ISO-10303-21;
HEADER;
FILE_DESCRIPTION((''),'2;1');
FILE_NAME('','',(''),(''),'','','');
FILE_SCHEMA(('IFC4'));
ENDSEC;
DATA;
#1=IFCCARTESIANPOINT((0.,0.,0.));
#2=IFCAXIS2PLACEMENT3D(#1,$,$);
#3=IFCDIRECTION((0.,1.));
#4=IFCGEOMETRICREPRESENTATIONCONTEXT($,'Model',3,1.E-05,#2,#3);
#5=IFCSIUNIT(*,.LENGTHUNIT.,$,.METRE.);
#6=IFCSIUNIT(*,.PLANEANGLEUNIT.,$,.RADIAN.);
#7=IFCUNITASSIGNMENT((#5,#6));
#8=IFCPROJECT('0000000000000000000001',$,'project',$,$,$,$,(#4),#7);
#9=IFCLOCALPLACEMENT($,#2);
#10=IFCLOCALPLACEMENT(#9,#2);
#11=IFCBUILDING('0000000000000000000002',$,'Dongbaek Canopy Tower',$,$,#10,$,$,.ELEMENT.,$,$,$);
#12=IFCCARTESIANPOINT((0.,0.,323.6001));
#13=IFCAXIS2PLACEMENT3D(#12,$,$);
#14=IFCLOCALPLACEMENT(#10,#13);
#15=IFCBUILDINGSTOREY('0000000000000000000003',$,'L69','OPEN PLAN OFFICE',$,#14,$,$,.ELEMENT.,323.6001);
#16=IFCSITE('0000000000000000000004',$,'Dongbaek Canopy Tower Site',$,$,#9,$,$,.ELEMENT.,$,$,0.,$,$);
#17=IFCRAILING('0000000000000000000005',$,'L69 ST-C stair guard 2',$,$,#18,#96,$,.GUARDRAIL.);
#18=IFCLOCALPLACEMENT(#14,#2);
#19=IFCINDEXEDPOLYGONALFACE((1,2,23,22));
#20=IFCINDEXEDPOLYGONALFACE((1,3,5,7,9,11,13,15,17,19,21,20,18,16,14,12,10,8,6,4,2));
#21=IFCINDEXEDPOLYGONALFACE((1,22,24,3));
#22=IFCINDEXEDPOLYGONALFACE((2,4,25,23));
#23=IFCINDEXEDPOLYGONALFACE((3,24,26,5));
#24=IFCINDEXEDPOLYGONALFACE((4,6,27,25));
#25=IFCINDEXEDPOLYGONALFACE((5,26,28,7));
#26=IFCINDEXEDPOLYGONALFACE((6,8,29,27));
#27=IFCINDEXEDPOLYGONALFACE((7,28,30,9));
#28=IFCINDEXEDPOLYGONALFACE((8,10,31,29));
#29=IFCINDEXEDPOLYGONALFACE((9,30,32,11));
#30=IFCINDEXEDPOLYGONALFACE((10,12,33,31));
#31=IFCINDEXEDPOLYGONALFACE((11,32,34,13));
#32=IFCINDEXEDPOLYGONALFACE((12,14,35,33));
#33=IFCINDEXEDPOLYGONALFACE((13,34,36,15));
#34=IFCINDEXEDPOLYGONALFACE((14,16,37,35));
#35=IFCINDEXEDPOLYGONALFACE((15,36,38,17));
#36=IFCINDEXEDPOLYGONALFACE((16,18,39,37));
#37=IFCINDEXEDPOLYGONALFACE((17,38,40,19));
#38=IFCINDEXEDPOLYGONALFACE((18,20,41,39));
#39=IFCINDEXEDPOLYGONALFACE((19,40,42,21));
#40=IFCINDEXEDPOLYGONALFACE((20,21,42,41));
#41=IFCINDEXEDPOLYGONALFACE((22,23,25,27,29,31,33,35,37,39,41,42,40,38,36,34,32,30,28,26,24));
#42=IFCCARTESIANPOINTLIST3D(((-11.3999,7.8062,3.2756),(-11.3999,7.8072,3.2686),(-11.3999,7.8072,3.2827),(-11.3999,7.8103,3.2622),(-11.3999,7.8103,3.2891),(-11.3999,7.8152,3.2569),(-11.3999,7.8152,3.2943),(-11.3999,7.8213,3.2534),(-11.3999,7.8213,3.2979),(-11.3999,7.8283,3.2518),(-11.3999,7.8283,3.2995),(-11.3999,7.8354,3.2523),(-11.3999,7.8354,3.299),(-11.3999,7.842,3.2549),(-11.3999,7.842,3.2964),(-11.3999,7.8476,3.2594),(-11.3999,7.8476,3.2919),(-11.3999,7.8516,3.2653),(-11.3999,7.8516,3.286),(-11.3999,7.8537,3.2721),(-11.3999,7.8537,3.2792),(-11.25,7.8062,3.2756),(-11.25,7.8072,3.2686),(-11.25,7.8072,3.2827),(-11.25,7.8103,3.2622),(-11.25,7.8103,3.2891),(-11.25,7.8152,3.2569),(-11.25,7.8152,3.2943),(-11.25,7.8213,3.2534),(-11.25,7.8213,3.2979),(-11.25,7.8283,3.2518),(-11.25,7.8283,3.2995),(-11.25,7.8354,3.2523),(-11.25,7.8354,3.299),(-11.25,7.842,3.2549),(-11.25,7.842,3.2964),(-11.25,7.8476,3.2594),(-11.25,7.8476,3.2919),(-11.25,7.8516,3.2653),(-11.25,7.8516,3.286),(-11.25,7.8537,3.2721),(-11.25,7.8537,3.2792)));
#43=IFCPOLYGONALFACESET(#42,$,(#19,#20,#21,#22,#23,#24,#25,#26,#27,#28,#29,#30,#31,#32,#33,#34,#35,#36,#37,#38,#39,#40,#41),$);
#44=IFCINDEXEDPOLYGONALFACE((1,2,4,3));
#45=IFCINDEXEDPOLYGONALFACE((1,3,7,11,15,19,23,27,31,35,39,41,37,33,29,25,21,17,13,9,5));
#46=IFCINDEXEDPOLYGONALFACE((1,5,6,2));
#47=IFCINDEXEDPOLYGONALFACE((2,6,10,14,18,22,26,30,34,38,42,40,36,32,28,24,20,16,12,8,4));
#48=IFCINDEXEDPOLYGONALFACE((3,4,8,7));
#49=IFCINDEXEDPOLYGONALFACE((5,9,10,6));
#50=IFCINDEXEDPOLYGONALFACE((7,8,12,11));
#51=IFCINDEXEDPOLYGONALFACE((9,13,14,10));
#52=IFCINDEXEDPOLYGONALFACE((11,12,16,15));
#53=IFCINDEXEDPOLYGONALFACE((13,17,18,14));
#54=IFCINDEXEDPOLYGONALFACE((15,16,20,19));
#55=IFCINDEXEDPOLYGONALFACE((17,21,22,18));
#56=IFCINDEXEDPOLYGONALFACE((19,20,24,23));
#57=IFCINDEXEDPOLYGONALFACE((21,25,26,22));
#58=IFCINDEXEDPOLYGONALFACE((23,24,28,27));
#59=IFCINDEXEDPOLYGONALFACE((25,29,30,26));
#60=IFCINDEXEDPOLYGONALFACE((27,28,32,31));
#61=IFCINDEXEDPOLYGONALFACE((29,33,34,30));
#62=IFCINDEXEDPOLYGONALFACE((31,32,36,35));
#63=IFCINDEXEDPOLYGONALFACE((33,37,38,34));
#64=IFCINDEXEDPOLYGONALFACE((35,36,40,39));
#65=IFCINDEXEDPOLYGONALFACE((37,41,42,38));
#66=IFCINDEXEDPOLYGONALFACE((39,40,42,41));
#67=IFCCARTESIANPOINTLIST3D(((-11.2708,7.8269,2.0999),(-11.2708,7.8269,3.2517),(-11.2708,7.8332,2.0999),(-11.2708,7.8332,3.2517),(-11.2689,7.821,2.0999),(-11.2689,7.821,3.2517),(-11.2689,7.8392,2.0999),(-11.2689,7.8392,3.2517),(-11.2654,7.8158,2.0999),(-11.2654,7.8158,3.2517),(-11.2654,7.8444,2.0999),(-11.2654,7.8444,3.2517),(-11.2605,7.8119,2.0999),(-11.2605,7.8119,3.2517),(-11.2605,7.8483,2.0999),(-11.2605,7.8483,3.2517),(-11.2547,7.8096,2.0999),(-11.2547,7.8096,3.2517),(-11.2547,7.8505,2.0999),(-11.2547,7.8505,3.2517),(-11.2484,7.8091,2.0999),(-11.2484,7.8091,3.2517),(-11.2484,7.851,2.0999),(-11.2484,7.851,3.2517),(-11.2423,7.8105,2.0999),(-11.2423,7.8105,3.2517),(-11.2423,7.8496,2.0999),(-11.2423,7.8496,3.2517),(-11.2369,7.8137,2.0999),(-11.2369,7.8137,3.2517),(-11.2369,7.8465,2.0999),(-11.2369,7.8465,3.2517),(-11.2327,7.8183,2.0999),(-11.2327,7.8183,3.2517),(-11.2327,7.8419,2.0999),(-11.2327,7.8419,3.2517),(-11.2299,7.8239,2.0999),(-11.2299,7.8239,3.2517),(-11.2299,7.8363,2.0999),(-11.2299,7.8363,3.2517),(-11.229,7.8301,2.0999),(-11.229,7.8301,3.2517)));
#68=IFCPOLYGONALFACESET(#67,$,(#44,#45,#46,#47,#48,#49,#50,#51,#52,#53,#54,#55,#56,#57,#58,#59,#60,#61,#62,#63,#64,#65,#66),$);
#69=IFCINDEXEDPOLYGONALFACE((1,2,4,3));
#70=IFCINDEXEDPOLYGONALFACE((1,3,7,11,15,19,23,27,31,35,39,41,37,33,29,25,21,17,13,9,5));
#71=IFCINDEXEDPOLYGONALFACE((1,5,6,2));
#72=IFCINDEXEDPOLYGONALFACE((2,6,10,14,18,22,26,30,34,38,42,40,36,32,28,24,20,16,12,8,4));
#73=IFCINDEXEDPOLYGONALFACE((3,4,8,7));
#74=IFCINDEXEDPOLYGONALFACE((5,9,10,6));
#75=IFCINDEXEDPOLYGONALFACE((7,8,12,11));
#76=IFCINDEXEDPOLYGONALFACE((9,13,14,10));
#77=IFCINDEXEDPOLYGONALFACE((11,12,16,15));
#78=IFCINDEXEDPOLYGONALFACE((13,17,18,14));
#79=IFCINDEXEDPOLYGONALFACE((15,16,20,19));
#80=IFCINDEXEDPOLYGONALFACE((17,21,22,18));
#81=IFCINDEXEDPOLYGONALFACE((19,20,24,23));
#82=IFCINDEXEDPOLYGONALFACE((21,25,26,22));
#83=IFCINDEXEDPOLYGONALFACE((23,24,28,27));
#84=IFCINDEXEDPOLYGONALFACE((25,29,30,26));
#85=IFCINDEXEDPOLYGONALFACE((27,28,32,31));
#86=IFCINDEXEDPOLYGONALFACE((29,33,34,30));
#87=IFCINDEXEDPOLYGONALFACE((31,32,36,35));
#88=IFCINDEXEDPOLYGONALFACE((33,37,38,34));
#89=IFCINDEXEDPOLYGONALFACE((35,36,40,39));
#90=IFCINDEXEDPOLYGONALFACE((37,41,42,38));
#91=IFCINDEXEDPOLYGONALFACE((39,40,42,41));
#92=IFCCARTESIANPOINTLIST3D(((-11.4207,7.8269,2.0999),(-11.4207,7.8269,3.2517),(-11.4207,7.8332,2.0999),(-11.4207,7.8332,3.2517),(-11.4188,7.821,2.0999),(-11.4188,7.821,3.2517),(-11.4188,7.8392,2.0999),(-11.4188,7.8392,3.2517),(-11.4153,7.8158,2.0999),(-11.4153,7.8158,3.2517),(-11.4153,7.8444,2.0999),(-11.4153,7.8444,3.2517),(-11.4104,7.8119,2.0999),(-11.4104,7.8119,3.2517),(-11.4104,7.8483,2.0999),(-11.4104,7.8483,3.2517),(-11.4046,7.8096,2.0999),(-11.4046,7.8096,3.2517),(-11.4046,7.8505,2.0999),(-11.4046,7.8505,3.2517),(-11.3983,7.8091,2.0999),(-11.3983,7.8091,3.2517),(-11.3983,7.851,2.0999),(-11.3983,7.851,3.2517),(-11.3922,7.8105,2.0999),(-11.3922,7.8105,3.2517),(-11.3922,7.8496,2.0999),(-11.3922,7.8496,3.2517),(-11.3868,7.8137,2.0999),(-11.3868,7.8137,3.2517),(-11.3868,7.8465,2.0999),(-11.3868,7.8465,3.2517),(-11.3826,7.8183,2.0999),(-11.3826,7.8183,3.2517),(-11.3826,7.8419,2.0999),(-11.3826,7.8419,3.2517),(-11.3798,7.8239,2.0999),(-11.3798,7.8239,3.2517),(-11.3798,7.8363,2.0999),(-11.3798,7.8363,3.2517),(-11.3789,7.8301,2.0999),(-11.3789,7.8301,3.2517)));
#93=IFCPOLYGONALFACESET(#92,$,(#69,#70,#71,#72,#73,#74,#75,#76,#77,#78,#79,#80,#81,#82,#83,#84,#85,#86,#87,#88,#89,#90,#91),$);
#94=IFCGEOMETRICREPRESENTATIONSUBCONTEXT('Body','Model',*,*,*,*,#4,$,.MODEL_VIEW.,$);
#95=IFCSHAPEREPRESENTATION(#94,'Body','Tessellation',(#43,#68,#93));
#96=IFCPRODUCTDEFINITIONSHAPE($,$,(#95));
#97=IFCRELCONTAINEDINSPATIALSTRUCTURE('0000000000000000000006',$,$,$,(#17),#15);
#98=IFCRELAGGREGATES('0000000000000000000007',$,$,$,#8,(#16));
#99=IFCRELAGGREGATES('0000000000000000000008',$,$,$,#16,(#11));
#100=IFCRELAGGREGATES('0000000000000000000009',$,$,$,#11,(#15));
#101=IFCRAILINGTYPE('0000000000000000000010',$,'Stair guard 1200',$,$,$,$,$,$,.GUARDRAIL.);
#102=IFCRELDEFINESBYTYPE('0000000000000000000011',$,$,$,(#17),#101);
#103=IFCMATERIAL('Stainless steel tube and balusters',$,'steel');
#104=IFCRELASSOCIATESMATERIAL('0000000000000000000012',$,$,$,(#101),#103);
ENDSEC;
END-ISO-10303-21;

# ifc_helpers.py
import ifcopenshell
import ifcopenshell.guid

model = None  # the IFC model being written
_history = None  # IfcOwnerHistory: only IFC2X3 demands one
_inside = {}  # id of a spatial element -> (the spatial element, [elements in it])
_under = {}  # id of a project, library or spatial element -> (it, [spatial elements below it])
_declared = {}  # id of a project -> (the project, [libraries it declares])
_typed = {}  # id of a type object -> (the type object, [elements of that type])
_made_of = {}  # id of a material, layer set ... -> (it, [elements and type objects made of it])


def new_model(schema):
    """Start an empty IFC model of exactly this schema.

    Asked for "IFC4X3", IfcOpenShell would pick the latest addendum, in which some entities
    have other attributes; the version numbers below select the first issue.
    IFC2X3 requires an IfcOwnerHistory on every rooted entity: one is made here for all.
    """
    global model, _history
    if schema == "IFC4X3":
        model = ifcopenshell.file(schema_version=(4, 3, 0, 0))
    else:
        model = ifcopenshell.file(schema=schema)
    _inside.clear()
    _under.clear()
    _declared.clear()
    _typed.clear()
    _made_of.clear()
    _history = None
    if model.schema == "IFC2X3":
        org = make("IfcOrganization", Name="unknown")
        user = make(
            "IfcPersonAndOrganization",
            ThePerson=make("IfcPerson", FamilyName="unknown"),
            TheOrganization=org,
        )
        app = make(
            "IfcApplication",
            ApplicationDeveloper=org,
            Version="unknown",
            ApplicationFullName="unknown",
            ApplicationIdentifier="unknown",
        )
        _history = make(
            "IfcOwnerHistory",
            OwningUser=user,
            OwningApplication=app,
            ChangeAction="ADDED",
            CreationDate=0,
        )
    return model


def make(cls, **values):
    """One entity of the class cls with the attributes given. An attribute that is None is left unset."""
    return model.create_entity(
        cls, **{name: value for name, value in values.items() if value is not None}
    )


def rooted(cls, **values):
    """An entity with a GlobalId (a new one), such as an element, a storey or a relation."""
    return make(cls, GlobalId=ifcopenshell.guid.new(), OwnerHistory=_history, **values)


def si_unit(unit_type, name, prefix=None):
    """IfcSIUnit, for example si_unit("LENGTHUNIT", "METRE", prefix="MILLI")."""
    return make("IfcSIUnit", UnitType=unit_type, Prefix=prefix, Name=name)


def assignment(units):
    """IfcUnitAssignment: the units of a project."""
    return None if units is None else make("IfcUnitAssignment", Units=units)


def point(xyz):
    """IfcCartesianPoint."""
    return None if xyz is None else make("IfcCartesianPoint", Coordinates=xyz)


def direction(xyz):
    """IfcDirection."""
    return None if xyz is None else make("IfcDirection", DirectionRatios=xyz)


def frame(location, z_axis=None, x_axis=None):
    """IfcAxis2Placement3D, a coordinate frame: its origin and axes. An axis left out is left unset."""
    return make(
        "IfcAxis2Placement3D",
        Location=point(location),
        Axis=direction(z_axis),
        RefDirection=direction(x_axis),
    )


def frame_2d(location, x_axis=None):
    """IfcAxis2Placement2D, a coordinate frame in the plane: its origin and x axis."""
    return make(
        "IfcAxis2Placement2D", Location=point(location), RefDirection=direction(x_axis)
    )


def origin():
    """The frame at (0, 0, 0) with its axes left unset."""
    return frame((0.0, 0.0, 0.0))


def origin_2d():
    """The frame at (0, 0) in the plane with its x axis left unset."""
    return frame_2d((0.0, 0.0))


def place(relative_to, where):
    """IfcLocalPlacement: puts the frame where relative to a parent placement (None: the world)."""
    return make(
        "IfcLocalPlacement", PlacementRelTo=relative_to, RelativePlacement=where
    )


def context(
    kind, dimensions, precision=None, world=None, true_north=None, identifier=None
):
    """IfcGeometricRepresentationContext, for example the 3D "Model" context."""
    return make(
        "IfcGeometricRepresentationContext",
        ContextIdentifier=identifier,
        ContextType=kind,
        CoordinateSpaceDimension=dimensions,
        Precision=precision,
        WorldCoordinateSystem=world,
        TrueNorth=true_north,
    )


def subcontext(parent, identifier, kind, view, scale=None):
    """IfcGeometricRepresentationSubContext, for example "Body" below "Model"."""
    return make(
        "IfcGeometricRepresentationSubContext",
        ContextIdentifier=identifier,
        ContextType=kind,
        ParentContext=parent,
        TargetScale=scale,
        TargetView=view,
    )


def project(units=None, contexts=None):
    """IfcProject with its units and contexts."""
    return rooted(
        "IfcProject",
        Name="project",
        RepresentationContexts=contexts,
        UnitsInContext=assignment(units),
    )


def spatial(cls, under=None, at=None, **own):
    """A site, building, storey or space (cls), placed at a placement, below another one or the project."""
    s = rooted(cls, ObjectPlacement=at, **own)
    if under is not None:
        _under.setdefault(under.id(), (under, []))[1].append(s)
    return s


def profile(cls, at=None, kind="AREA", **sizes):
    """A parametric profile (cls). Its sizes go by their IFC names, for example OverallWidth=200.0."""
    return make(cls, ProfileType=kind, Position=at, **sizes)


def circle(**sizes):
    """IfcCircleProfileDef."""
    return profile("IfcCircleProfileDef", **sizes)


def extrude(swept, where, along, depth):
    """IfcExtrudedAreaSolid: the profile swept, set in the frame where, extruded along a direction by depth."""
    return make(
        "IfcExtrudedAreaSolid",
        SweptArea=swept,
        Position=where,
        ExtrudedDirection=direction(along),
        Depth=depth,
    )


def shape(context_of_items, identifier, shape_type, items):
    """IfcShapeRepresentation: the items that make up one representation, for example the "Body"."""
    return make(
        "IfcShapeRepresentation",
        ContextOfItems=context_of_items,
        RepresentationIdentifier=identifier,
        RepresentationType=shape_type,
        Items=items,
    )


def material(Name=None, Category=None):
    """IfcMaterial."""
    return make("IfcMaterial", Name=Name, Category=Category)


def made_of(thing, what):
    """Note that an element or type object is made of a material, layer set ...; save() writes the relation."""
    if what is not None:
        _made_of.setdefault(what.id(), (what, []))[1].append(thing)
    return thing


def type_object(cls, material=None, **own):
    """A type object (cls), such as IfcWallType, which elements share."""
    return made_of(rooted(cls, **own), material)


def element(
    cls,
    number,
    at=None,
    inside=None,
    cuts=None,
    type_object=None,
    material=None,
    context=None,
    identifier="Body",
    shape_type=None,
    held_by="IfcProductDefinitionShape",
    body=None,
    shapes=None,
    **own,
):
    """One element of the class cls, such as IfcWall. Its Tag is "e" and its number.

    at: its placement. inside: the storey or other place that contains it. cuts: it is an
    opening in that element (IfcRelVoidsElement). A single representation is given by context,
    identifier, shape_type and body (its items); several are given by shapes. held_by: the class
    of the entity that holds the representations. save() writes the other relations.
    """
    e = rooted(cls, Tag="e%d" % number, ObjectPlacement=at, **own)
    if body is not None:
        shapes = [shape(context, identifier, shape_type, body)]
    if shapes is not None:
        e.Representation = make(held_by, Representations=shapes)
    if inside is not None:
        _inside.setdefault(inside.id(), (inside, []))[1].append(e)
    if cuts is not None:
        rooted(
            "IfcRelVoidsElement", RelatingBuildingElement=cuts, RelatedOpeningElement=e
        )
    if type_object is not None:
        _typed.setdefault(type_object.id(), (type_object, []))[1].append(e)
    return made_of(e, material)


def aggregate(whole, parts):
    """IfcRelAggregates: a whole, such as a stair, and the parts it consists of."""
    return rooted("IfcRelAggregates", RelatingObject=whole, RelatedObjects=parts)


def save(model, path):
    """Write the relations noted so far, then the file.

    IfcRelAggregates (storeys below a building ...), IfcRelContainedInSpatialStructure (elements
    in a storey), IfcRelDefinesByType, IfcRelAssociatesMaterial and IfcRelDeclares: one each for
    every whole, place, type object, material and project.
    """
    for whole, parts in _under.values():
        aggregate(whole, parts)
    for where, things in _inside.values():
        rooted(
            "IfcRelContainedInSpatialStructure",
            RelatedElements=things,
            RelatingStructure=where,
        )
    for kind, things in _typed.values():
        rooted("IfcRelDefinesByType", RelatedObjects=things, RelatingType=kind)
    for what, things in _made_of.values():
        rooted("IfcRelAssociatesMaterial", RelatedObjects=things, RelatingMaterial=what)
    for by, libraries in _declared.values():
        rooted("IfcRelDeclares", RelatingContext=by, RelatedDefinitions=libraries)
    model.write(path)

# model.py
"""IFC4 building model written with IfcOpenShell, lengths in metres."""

from ifc_helpers import new_model, si_unit, direction, frame, origin, origin_2d, place, context, subcontext, project, spatial, circle, extrude, material, type_object, element, save


model = new_model("IFC4")

# Units and contexts
model_context = context("Model", 3, precision=1e-05, world=origin(), true_north=direction((0.0, 1.0)))
body_context = subcontext(model_context, "Body", "Model", "MODEL_VIEW")
ifc_project = project(units=[si_unit("LENGTHUNIT", "METRE"), si_unit("PLANEANGLEUNIT", "RADIAN")], contexts=[model_context])

# Site, building, storey
site_placement = place(None, origin())
site = spatial("IfcSite", under=ifc_project, at=site_placement, Name="Dongbaek Canopy Tower Site", CompositionType="ELEMENT", RefElevation=0.0)
building_placement = place(site_placement, origin())
building = spatial("IfcBuilding", under=site, at=building_placement, Name="Dongbaek Canopy Tower", CompositionType="ELEMENT")
storey_placement = place(building_placement, frame((0.0, 0.0, 323.6001)))
storey = spatial("IfcBuildingStorey", under=building, at=storey_placement, Name="L69", Description="OPEN PLAN OFFICE", CompositionType="ELEMENT", Elevation=323.6001)

# Railing
ifc_material_1 = material(Name="Stainless steel tube and balusters", Category="steel")
railing_type_1 = type_object("IfcRailingType", Name="Stair guard 1200", PredefinedType="GUARDRAIL", material=ifc_material_1)
railing_1_placement = place(storey_placement, frame((-11.25, 7.8301, 2.0999)))
element("IfcRailing", 1, at=railing_1_placement, inside=storey, type_object=railing_type_1, Name="L69 ST-C stair guard 2", PredefinedType="GUARDRAIL", context=body_context, shape_type="SweptSolid", body=[
    extrude(circle(Radius=0.0239, at=origin_2d()), frame((0.0, 0.0, 1.1758), z_axis=(-1.0, 0.0, 0.0), x_axis=(0.0, -1.0, 0.0)), (0.0, 0.0, 1.0), 0.1499),
    extrude(circle(Radius=0.021, at=origin_2d()), origin(), (0.0, 0.0, 1.0), 1.1519),
    extrude(circle(Radius=0.021, at=origin_2d()), frame((-0.1499, 0.0, 0.0)), (0.0, 0.0, 1.0), 1.1519),
])

save(model, "model.ifc")
